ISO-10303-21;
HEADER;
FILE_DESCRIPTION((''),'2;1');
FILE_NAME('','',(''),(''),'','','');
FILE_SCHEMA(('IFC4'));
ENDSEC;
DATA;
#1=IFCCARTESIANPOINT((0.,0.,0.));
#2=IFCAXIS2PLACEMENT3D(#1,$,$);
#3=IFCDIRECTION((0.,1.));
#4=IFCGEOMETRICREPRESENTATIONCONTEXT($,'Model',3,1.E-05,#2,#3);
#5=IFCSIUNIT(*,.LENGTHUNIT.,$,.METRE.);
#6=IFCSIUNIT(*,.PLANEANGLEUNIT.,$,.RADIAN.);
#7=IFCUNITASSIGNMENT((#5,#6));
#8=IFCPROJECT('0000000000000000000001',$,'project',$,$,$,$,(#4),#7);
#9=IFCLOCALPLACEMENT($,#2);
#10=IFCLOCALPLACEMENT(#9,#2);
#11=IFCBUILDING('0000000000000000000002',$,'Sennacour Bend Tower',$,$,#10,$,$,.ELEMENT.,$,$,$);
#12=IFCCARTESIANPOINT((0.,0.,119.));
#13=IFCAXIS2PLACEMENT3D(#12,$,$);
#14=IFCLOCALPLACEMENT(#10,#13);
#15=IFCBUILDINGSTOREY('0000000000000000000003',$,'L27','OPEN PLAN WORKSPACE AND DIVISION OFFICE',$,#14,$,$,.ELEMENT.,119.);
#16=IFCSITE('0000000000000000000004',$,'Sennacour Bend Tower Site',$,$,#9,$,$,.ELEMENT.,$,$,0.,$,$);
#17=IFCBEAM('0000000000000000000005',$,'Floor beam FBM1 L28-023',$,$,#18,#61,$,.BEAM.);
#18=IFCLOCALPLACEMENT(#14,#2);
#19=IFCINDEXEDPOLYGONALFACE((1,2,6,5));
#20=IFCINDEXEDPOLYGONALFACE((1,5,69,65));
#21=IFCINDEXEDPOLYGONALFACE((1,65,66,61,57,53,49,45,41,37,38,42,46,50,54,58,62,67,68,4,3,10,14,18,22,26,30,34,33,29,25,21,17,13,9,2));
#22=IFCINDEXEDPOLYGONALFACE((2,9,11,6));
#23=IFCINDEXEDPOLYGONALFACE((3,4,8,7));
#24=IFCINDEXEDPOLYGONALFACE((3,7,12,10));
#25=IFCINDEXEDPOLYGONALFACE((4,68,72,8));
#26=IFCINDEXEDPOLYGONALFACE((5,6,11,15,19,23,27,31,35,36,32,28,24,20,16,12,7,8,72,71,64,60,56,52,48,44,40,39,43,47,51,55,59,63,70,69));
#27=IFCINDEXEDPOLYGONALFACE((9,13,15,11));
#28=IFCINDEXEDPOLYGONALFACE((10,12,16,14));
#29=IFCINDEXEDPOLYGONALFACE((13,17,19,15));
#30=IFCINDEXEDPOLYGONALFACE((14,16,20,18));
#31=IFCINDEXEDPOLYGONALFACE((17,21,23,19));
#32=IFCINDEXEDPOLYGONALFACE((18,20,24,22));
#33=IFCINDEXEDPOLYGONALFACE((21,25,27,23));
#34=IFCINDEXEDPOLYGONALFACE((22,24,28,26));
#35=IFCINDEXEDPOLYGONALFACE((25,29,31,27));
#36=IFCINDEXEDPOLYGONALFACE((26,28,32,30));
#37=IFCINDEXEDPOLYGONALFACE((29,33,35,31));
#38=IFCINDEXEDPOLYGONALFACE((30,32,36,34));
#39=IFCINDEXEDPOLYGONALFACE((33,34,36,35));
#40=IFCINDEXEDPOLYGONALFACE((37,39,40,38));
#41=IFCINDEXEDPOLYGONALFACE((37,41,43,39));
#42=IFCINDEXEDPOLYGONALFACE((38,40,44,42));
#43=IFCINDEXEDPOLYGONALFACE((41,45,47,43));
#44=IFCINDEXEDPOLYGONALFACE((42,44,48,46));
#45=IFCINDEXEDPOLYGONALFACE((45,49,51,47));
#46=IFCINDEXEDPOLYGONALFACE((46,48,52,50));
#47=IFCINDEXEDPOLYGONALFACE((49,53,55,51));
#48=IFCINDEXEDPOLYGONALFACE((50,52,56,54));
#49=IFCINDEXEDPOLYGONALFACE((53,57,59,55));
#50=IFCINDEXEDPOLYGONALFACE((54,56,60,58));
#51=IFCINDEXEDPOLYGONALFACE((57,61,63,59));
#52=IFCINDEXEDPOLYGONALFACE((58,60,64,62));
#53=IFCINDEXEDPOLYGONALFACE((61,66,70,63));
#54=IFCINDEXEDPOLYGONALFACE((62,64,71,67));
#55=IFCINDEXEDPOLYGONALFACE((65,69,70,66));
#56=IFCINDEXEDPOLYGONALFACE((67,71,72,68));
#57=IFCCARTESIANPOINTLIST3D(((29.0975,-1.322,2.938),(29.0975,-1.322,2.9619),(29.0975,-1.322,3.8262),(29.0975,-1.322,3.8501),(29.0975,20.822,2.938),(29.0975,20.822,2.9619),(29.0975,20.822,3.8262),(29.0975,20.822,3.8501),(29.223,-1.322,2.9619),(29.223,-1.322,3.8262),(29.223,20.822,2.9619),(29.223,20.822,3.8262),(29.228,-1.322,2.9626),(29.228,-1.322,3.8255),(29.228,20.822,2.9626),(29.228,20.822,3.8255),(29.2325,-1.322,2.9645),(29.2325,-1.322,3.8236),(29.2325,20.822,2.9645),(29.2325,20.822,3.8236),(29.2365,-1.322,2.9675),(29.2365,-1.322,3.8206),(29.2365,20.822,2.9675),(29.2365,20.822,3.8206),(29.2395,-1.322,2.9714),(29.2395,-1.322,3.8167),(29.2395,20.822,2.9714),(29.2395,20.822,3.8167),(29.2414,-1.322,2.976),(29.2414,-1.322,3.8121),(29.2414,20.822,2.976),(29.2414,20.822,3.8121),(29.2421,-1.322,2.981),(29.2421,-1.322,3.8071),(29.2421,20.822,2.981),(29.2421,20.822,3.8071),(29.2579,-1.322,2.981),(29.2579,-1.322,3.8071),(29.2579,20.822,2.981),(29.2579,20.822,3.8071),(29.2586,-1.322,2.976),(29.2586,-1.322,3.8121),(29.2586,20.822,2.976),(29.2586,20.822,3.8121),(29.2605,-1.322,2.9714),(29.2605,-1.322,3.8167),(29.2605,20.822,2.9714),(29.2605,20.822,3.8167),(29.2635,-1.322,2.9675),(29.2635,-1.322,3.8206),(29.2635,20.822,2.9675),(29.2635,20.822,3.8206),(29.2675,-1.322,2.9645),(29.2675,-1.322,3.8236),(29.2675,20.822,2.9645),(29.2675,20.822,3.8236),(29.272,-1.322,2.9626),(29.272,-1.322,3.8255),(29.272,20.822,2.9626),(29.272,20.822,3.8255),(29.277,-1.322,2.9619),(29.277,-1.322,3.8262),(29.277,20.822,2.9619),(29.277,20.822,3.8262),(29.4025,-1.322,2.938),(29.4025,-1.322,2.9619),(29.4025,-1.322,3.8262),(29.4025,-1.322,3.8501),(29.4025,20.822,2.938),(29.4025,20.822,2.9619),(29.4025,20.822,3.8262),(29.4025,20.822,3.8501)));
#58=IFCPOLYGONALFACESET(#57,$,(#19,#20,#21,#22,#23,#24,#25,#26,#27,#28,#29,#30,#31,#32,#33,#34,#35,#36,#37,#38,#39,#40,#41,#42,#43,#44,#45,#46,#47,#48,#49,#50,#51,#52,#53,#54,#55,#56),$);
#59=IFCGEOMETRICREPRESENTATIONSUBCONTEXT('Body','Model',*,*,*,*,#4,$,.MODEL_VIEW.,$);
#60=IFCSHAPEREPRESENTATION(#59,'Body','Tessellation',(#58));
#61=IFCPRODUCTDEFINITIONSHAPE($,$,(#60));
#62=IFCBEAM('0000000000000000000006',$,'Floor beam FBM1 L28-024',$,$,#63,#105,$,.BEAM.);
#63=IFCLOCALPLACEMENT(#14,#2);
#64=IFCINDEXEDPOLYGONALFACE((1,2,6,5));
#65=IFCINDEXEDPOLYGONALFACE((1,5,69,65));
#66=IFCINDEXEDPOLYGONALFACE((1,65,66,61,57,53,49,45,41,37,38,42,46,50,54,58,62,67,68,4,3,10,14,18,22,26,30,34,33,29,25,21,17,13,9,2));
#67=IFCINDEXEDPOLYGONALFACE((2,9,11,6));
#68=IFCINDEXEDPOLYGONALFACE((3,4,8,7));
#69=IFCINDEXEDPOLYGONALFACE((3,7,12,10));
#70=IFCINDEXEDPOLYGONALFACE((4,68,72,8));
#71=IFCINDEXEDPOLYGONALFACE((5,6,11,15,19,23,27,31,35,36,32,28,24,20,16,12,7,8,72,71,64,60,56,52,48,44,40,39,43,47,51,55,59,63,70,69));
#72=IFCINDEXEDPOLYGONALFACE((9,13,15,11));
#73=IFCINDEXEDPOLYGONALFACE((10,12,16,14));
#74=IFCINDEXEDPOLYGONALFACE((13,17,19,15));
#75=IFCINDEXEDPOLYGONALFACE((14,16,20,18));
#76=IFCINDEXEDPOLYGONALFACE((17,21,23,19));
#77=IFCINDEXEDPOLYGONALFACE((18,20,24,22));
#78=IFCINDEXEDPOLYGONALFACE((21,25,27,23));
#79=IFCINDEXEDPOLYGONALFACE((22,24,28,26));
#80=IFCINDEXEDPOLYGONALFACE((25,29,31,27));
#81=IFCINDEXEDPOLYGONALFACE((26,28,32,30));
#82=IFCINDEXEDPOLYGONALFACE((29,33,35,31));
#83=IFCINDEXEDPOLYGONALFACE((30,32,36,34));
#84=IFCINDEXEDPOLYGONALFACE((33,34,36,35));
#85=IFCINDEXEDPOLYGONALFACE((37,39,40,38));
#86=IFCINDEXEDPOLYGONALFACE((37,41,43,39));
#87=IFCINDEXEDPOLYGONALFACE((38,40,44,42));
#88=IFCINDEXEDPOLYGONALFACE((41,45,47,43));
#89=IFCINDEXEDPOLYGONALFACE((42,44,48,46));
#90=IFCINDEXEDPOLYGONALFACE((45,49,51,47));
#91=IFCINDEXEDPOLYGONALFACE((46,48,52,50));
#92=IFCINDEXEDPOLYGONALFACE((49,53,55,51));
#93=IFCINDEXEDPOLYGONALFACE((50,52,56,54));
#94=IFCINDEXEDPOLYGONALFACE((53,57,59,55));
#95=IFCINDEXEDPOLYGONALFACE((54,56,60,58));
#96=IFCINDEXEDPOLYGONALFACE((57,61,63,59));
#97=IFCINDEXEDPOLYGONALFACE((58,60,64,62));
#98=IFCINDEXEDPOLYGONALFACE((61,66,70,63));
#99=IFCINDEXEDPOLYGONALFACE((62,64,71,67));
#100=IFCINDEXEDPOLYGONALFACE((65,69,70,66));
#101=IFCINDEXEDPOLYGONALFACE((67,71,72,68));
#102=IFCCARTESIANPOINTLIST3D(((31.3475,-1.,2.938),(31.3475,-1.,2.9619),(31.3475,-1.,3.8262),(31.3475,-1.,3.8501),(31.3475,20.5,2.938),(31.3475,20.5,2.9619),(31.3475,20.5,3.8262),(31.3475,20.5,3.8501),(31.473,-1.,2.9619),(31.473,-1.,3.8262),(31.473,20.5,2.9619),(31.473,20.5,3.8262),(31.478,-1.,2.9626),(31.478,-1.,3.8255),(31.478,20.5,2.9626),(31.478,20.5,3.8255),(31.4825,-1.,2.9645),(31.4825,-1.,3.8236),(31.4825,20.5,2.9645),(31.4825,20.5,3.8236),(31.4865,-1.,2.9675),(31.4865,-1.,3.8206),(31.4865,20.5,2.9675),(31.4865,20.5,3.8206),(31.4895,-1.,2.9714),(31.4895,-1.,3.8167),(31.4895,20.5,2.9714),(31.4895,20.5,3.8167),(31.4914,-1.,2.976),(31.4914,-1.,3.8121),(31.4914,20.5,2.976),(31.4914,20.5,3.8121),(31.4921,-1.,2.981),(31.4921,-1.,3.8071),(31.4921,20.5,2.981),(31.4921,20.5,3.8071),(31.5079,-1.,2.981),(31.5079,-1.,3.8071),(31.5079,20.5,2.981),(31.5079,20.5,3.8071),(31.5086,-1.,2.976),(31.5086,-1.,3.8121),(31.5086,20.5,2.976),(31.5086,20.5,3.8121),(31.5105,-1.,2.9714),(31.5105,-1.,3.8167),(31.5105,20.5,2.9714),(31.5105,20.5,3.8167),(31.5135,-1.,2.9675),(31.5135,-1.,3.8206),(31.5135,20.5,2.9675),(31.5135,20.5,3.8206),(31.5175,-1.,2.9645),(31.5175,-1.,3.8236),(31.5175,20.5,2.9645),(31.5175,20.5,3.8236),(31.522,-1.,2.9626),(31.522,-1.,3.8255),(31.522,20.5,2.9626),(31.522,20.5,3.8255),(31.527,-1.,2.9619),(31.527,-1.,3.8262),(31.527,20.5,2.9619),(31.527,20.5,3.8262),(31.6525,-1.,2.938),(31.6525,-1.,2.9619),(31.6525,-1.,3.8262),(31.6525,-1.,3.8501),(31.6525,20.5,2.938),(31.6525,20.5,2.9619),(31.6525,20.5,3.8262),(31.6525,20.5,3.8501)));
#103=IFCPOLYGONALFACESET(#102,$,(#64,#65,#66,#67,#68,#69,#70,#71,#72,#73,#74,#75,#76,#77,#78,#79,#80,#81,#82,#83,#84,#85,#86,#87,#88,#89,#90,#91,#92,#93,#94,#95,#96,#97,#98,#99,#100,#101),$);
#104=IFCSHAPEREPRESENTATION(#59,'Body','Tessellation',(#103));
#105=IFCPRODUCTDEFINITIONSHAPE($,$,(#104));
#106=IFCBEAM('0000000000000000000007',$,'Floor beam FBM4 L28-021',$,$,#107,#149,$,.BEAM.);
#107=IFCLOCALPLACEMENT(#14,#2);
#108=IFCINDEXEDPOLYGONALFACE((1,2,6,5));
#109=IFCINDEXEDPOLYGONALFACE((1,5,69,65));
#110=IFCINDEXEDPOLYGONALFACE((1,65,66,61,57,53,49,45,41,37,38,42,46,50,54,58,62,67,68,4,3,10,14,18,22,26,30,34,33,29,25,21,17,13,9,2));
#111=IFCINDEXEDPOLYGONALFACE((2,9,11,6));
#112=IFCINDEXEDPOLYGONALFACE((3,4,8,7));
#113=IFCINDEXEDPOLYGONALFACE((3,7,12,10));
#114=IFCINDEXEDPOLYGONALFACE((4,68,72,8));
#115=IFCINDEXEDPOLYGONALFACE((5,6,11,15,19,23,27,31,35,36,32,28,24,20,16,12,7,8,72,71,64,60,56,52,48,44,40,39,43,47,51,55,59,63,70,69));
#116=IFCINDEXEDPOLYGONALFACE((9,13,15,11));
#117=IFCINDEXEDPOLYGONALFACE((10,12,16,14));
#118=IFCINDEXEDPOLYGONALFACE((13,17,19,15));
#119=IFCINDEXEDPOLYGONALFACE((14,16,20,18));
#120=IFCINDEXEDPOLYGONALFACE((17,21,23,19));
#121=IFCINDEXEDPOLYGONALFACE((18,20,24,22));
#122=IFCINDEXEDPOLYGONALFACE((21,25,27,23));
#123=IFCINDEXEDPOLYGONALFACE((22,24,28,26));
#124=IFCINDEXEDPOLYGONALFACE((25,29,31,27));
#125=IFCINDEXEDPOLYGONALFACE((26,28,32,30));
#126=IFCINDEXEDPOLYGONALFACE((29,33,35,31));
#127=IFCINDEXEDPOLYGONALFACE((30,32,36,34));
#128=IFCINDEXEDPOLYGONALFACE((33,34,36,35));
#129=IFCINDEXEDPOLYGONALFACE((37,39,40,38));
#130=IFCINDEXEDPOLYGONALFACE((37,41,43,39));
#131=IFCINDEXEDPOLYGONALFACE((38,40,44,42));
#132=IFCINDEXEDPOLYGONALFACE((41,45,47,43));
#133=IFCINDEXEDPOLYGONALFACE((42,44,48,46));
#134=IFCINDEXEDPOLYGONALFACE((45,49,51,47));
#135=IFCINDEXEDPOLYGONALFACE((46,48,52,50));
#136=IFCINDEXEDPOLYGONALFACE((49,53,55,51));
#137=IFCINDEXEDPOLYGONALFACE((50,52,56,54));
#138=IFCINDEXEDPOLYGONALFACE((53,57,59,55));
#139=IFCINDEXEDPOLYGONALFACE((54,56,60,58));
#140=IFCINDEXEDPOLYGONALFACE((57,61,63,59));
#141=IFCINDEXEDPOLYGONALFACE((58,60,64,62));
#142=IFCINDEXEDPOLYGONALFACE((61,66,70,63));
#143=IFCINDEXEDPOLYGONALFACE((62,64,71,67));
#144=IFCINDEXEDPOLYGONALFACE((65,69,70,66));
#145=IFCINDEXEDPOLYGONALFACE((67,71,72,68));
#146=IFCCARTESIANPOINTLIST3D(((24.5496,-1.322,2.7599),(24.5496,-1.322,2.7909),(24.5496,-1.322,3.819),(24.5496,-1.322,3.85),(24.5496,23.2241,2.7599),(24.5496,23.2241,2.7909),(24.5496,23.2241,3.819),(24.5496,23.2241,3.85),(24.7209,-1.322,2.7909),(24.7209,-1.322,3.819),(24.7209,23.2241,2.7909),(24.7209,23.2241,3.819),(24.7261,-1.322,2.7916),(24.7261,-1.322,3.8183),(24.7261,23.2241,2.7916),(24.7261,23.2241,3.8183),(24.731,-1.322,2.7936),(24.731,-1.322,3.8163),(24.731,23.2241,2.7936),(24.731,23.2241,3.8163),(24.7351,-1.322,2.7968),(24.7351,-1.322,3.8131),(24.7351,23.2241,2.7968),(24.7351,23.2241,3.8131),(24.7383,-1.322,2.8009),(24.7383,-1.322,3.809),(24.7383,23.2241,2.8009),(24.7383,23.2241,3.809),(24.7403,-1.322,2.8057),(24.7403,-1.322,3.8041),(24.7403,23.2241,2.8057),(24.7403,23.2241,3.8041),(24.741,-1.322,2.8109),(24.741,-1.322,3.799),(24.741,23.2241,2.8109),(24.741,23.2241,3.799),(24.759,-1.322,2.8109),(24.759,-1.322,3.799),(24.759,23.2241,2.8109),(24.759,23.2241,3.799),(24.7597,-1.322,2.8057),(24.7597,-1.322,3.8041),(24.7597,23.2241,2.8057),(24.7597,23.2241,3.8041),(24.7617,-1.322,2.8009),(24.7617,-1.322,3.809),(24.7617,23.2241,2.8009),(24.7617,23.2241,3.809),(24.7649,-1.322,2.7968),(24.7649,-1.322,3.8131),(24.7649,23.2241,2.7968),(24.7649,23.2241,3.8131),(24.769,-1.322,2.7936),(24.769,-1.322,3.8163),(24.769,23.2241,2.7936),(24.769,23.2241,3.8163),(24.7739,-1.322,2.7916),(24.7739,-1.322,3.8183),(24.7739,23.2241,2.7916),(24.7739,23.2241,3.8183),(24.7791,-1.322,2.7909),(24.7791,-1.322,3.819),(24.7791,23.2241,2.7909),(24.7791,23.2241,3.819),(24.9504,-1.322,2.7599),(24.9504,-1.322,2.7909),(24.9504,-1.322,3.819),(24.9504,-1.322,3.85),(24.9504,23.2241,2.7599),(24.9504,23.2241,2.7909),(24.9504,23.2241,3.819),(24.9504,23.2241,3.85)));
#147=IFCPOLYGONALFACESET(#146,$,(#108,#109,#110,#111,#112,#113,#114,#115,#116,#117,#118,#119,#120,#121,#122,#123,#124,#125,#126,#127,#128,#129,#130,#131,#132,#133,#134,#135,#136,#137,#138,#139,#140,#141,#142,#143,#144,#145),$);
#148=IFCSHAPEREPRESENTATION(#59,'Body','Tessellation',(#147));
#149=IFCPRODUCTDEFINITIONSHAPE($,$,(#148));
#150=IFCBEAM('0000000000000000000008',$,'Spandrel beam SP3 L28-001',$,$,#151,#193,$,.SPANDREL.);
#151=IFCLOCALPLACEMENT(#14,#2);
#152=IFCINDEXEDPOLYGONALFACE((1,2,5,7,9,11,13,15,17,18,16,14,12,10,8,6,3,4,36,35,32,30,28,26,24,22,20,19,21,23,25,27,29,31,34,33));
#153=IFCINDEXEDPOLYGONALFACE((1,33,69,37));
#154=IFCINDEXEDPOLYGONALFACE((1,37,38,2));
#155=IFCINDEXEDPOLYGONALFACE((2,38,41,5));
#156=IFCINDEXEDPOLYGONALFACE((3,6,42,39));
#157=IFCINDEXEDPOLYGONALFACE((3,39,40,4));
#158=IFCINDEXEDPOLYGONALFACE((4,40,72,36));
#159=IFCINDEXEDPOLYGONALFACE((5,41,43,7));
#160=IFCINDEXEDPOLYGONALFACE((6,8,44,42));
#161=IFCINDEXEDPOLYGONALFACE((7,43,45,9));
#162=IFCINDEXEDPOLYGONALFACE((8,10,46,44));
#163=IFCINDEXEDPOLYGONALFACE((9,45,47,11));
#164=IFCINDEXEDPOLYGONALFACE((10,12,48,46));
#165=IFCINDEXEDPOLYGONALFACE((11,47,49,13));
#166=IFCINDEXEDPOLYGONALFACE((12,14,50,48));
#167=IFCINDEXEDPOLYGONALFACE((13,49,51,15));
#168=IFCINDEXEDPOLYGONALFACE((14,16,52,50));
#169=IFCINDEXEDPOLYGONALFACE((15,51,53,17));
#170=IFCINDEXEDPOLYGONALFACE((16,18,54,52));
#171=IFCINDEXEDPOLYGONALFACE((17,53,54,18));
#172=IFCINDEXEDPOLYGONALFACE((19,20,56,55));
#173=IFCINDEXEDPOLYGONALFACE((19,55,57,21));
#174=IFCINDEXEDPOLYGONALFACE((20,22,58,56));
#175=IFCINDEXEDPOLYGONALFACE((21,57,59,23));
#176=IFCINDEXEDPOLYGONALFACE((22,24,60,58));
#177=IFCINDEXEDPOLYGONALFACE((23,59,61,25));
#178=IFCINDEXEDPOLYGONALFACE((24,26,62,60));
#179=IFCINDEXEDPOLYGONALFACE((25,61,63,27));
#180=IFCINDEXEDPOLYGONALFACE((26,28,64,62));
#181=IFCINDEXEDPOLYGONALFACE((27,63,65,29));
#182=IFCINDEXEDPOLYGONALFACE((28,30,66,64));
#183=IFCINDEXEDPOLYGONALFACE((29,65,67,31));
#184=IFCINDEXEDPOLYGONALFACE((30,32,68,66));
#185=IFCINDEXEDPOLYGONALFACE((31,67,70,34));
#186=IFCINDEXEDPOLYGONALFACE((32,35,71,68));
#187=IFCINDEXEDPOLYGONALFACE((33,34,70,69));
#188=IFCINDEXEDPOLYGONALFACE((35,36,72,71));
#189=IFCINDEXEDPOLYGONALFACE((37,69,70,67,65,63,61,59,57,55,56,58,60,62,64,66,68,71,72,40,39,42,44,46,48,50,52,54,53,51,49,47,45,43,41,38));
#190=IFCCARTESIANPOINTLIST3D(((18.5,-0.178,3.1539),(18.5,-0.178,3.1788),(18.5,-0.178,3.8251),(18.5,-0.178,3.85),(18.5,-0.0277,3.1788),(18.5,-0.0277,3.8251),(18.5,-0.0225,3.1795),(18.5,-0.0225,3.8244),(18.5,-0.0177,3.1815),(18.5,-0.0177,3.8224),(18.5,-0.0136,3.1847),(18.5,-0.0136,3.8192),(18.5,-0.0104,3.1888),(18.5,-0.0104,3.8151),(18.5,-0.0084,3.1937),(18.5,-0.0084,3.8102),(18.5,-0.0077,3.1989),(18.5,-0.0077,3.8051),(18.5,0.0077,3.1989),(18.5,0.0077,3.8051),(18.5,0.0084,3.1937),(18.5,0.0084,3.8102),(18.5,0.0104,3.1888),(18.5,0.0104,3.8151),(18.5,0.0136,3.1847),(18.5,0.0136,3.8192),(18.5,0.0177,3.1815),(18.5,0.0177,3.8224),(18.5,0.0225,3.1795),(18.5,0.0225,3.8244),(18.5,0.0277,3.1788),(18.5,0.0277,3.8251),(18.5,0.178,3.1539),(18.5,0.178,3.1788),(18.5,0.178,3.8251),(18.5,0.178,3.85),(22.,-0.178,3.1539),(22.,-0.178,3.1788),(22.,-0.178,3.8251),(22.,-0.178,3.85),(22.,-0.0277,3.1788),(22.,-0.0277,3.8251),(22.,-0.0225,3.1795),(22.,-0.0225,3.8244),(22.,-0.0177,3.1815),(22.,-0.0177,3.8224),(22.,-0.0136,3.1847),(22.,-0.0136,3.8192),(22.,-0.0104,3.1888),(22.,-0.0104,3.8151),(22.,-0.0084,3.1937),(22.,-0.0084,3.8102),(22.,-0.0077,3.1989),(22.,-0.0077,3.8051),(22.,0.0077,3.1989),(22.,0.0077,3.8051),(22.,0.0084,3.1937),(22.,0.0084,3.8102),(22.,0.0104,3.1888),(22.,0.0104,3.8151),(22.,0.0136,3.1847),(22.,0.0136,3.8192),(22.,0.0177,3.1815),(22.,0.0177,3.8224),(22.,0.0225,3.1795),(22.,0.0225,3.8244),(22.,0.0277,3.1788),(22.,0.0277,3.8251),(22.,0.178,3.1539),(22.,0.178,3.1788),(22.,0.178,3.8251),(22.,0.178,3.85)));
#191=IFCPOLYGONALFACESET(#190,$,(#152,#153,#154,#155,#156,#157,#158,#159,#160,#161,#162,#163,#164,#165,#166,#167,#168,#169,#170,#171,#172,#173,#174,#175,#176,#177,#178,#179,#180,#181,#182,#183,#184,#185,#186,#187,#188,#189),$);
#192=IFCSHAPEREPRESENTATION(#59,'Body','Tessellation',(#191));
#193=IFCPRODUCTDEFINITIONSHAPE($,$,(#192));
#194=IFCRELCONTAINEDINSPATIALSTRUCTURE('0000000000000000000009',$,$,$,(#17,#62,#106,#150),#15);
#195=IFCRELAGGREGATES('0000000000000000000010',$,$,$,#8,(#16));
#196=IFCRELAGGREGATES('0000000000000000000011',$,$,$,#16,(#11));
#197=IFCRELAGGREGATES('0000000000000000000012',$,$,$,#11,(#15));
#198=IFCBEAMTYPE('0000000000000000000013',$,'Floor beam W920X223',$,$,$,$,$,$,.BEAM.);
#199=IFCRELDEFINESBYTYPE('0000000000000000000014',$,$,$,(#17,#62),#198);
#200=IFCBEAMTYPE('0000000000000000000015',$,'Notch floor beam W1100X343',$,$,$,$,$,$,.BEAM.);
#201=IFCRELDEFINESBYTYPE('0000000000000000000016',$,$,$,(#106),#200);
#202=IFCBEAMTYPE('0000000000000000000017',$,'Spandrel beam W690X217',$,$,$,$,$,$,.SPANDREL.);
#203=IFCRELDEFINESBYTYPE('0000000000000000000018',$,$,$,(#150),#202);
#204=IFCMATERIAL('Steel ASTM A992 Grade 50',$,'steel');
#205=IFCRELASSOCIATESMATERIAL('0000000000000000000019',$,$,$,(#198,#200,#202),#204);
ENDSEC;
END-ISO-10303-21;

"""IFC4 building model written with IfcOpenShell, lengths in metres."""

from ifc_helpers import new_model, si_unit, direction, frame, origin, origin_2d, place, context, subcontext, project, spatial, i_section, extrude, material, material_profile, profile_set, type_object, element, save


model = new_model("IFC4")

# Units and contexts
model_context = context("Model", 3, precision=1e-05, world=origin(), true_north=direction((0.0, 1.0)))
body_context = subcontext(model_context, "Body", "Model", "MODEL_VIEW")
ifc_project = project(units=[si_unit("LENGTHUNIT", "METRE"), si_unit("PLANEANGLEUNIT", "RADIAN")], contexts=[model_context])

# Site, building, storey
site_placement = place(None, origin())
site = spatial("IfcSite", under=ifc_project, at=site_placement, Name="Sennacour Bend Tower Site", CompositionType="ELEMENT", RefElevation=0.0)
building_placement = place(site_placement, origin())
building = spatial("IfcBuilding", under=site, at=building_placement, Name="Sennacour Bend Tower", CompositionType="ELEMENT")
storey_placement = place(building_placement, frame((0.0, 0.0, 119.0)))
storey = spatial("IfcBuildingStorey", under=building, at=storey_placement, Name="L27", Description="OPEN PLAN WORKSPACE AND DIVISION OFFICE", CompositionType="ELEMENT", Elevation=119.0)

# Beams
ifc_material_1 = material(Name="Steel ASTM A992 Grade 50", Category="steel")
ifc_material_profile_1 = material_profile(ifc_material_1, i_section(OverallWidth=0.3049, OverallDepth=0.9121, WebThickness=0.0159, FlangeThickness=0.0239, FilletRadius=0.019, at=origin_2d()), Name="Steel ASTM A992 Grade 50", Category="steel")
ifc_profile_set_1 = profile_set([ifc_material_profile_1], Name="Steel ASTM A992 Grade 50")
beam_type_1 = type_object("IfcBeamType", Name="Floor beam W920X223", PredefinedType="BEAM", material=ifc_profile_set_1)
beam_1_placement = place(storey_placement, frame((29.25, -1.322, 3.394), z_axis=(0.0, 1.0, 0.0), x_axis=(-1.0, 0.0, 0.0)))
element("IfcBeam", 1, at=beam_1_placement, inside=storey, type_object=beam_type_1, Name="Floor beam FBM1 L28-023", PredefinedType="BEAM", context=body_context, shape_type="SweptSolid", body=[
    extrude(i_section(OverallWidth=0.3049, OverallDepth=0.9121, WebThickness=0.0159, FlangeThickness=0.0239, FilletRadius=0.019, at=origin_2d()), origin(), (0.0, 0.0, 1.0), 22.144),
])
beam_2_placement = place(storey_placement, frame((31.5, -1.0, 3.394), z_axis=(0.0, 1.0, 0.0), x_axis=(-1.0, 0.0, 0.0)))
element("IfcBeam", 2, at=beam_2_placement, inside=storey, type_object=beam_type_1, Name="Floor beam FBM1 L28-024", PredefinedType="BEAM", context=body_context, shape_type="SweptSolid", body=[
    extrude(i_section(OverallWidth=0.3049, OverallDepth=0.9121, WebThickness=0.0159, FlangeThickness=0.0239, FilletRadius=0.019, at=origin_2d()), origin(), (0.0, 0.0, 1.0), 21.5),
])
ifc_material_profile_2 = material_profile(ifc_material_1, i_section(OverallWidth=0.4009, OverallDepth=1.0901, WebThickness=0.0181, FlangeThickness=0.031, FilletRadius=0.02, at=origin_2d()), Name="Steel ASTM A992 Grade 50", Category="steel")
ifc_profile_set_2 = profile_set([ifc_material_profile_2], Name="Steel ASTM A992 Grade 50")
beam_type_2 = type_object("IfcBeamType", Name="Notch floor beam W1100X343", PredefinedType="BEAM", material=ifc_profile_set_2)
beam_3_placement = place(storey_placement, frame((24.75, -1.322, 3.3049), z_axis=(0.0, 1.0, 0.0), x_axis=(-1.0, 0.0, 0.0)))
element("IfcBeam", 3, at=beam_3_placement, inside=storey, type_object=beam_type_2, Name="Floor beam FBM4 L28-021", PredefinedType="BEAM", context=body_context, shape_type="SweptSolid", body=[
    extrude(i_section(OverallWidth=0.4009, OverallDepth=1.0901, WebThickness=0.0181, FlangeThickness=0.031, FilletRadius=0.02, at=origin_2d()), origin(), (0.0, 0.0, 1.0), 24.5461),
])
ifc_material_profile_3 = material_profile(ifc_material_1, i_section(OverallWidth=0.356, OverallDepth=0.696, WebThickness=0.0154, FlangeThickness=0.0249, FilletRadius=0.02, at=origin_2d()), Name="Steel ASTM A992 Grade 50", Category="steel")
ifc_profile_set_3 = profile_set([ifc_material_profile_3], Name="Steel ASTM A992 Grade 50")
beam_type_3 = type_object("IfcBeamType", Name="Spandrel beam W690X217", PredefinedType="SPANDREL", material=ifc_profile_set_3)
for number, where, z_axis, x_axis, name in (
    (4, (22.0, 0.0, 3.502), (-1.0, 0.0, 0.0), (0.0, -1.0, 0.0), "Spandrel beam SP3 L28-001"),
):
    element("IfcBeam", number, at=place(storey_placement, frame(where, z_axis=z_axis, x_axis=x_axis)), inside=storey, type_object=beam_type_3, Name=name, PredefinedType="SPANDREL", context=body_context, shape_type="SweptSolid", body=[
        extrude(i_section(OverallWidth=0.356, OverallDepth=0.696, WebThickness=0.0154, FlangeThickness=0.0249, FilletRadius=0.02, at=origin_2d()), origin(), (0.0, 0.0, 1.0), 3.5),
    ])

save(model, "model.ifc")
